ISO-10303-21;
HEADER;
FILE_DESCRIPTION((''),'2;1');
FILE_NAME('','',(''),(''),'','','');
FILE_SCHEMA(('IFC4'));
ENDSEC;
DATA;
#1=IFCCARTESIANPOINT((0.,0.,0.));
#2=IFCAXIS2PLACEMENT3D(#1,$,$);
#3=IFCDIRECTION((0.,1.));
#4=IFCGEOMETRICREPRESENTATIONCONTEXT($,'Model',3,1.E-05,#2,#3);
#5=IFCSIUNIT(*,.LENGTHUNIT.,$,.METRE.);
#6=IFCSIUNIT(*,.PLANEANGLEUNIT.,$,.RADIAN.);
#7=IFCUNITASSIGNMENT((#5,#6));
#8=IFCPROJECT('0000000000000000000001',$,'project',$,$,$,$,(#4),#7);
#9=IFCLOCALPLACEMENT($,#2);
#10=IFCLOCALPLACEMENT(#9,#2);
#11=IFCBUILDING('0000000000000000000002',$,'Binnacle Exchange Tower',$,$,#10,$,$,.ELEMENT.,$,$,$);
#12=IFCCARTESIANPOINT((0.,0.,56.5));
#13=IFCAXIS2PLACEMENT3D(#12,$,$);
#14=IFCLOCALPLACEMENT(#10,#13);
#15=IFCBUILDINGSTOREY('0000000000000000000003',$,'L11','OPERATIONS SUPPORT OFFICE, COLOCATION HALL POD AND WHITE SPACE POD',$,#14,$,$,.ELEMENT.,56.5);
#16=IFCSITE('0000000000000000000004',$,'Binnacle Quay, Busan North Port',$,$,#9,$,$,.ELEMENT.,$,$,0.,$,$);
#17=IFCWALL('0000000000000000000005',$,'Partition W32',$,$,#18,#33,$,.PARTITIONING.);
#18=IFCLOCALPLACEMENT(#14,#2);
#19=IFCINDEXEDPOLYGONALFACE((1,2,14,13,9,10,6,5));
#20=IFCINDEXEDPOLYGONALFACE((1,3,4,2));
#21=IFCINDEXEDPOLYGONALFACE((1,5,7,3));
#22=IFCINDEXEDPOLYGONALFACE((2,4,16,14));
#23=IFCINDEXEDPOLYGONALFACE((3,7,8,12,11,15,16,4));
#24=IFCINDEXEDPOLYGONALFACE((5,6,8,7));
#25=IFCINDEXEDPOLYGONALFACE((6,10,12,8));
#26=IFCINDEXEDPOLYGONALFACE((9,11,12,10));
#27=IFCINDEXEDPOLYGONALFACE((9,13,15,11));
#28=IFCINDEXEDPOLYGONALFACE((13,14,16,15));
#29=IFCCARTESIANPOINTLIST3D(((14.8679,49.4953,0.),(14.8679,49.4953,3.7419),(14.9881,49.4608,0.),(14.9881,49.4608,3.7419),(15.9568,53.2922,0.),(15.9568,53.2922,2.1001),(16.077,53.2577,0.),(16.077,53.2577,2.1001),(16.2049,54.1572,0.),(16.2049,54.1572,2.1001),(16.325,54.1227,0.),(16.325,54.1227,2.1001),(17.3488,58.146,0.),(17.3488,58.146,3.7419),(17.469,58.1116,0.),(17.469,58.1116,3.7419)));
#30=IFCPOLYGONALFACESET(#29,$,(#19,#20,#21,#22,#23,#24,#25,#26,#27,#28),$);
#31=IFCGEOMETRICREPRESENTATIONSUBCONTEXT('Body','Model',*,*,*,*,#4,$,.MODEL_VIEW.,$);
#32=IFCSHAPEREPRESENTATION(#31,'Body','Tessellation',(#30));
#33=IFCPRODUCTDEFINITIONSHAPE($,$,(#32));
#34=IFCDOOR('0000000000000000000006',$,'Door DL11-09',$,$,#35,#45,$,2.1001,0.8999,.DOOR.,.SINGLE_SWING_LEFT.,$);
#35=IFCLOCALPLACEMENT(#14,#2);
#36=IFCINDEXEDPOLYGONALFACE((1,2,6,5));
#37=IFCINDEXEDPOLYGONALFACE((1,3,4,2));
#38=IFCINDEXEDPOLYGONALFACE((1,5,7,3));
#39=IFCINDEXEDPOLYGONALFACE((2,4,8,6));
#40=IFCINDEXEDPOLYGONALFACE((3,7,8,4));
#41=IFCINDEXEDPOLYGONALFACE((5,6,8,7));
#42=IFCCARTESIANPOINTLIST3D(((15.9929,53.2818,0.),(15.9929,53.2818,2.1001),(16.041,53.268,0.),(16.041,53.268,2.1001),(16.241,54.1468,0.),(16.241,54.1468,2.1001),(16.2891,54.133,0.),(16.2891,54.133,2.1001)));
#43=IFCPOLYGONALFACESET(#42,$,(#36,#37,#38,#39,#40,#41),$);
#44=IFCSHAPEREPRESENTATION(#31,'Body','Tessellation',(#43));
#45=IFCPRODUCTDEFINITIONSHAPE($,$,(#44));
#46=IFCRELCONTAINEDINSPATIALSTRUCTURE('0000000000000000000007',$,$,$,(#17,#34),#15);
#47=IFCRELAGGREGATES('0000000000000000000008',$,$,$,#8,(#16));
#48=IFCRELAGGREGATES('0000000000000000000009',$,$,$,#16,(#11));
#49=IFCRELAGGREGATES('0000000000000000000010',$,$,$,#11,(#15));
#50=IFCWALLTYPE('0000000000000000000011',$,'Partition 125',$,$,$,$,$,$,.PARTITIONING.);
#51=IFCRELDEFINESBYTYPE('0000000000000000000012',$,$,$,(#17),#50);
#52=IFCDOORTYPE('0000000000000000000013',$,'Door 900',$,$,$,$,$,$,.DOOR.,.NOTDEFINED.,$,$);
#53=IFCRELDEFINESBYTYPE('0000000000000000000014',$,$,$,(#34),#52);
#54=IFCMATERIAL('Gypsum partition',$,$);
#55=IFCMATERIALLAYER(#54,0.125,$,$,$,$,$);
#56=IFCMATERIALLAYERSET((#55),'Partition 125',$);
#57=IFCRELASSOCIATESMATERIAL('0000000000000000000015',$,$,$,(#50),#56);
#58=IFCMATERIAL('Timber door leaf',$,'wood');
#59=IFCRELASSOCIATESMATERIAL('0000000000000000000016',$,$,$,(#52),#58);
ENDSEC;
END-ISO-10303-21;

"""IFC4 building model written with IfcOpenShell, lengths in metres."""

from ifc_helpers import new_model, si_unit, direction, frame, frame_2d, origin, place, context, subcontext, project, spatial, rectangle, extrude, material, layer, layer_set, type_object, element, fill, save


model = new_model("IFC4")

# Units and contexts
model_context = context("Model", 3, precision=1e-05, world=origin(), true_north=direction((0.0, 1.0)))
body_context = subcontext(model_context, "Body", "Model", "MODEL_VIEW")
ifc_project = project(units=[si_unit("LENGTHUNIT", "METRE"), si_unit("PLANEANGLEUNIT", "RADIAN")], contexts=[model_context])

# Site, building, storey
site_placement = place(None, origin())
site = spatial("IfcSite", under=ifc_project, at=site_placement, Name="Binnacle Quay, Busan North Port", CompositionType="ELEMENT", RefElevation=0.0)
building_placement = place(site_placement, origin())
building = spatial("IfcBuilding", under=site, at=building_placement, Name="Binnacle Exchange Tower", CompositionType="ELEMENT")
storey_placement = place(building_placement, frame((0.0, 0.0, 56.5)))
storey = spatial("IfcBuildingStorey", under=building, at=storey_placement, Name="L11", Description="OPERATIONS SUPPORT OFFICE, COLOCATION HALL POD AND WHITE SPACE POD", CompositionType="ELEMENT", Elevation=56.5)

# Shared definitions
ifc_material_1 = material(Name="Gypsum partition")
ifc_layer_1 = layer(ifc_material_1, 0.125)
ifc_layer_set_1 = layer_set([ifc_layer_1], Name="Partition 125")
wall_type_1 = type_object("IfcWallType", Name="Partition 125", PredefinedType="PARTITIONING", material=ifc_layer_set_1)

# Shared definitions
ifc_material_2 = material(Name="Timber door leaf", Category="wood")
door_type_1 = type_object("IfcDoorType", Name="Door 900", OperationType="NOTDEFINED", PredefinedType="DOOR", material=ifc_material_2)

# Wall, opening, door
wall_1_placement = place(storey_placement, frame((14.928, 49.478, 0.0), z_axis=(0.0, 0.0, 1.0), x_axis=(0.275674, 0.961251, 0.0)))
wall_1 = element("IfcWall", 1, at=wall_1_placement, inside=storey, type_object=wall_type_1, Name="Partition W32", PredefinedType="PARTITIONING", context=body_context, shape_type="SweptSolid", body=[
    extrude(rectangle(XDim=8.9995, YDim=0.125, at=frame_2d((4.4998, 0.0))), origin(), (0.0, 0.0, 1.0), 3.7419),
])
opening_1_placement = place(wall_1_placement, frame((3.95, 0.0, 0.0)))
opening_1 = element("IfcOpeningElement", 2, at=opening_1_placement, cuts=wall_1, PredefinedType="OPENING", context=body_context, shape_type="SweptSolid", body=[
    extrude(rectangle(XDim=0.8999, YDim=2.1001, at=frame_2d((0.45, 1.05))), frame((0.0, 0.0725, 0.0), z_axis=(0.0, -1.0, 0.0), x_axis=(1.0, 0.0, 0.0)), (0.0, 0.0, 1.0), 0.145),
])
door_1_placement = place(opening_1_placement, origin())
door_1 = element("IfcDoor", 3, at=door_1_placement, inside=storey, type_object=door_type_1, Name="Door DL11-09", OperationType="SINGLE_SWING_LEFT", OverallHeight=2.1001, OverallWidth=0.8999, PredefinedType="DOOR", context=body_context, shape_type="SweptSolid", body=[
    extrude(rectangle(XDim=0.8999, YDim=2.1001, at=frame_2d((0.45, 1.05))), frame((0.0, 0.0249, 0.0), z_axis=(0.0, -1.0, 0.0), x_axis=(1.0, 0.0, 0.0)), (0.0, 0.0, 1.0), 0.05),
])
fill(opening_1, door_1)

save(model, "model.ifc")
